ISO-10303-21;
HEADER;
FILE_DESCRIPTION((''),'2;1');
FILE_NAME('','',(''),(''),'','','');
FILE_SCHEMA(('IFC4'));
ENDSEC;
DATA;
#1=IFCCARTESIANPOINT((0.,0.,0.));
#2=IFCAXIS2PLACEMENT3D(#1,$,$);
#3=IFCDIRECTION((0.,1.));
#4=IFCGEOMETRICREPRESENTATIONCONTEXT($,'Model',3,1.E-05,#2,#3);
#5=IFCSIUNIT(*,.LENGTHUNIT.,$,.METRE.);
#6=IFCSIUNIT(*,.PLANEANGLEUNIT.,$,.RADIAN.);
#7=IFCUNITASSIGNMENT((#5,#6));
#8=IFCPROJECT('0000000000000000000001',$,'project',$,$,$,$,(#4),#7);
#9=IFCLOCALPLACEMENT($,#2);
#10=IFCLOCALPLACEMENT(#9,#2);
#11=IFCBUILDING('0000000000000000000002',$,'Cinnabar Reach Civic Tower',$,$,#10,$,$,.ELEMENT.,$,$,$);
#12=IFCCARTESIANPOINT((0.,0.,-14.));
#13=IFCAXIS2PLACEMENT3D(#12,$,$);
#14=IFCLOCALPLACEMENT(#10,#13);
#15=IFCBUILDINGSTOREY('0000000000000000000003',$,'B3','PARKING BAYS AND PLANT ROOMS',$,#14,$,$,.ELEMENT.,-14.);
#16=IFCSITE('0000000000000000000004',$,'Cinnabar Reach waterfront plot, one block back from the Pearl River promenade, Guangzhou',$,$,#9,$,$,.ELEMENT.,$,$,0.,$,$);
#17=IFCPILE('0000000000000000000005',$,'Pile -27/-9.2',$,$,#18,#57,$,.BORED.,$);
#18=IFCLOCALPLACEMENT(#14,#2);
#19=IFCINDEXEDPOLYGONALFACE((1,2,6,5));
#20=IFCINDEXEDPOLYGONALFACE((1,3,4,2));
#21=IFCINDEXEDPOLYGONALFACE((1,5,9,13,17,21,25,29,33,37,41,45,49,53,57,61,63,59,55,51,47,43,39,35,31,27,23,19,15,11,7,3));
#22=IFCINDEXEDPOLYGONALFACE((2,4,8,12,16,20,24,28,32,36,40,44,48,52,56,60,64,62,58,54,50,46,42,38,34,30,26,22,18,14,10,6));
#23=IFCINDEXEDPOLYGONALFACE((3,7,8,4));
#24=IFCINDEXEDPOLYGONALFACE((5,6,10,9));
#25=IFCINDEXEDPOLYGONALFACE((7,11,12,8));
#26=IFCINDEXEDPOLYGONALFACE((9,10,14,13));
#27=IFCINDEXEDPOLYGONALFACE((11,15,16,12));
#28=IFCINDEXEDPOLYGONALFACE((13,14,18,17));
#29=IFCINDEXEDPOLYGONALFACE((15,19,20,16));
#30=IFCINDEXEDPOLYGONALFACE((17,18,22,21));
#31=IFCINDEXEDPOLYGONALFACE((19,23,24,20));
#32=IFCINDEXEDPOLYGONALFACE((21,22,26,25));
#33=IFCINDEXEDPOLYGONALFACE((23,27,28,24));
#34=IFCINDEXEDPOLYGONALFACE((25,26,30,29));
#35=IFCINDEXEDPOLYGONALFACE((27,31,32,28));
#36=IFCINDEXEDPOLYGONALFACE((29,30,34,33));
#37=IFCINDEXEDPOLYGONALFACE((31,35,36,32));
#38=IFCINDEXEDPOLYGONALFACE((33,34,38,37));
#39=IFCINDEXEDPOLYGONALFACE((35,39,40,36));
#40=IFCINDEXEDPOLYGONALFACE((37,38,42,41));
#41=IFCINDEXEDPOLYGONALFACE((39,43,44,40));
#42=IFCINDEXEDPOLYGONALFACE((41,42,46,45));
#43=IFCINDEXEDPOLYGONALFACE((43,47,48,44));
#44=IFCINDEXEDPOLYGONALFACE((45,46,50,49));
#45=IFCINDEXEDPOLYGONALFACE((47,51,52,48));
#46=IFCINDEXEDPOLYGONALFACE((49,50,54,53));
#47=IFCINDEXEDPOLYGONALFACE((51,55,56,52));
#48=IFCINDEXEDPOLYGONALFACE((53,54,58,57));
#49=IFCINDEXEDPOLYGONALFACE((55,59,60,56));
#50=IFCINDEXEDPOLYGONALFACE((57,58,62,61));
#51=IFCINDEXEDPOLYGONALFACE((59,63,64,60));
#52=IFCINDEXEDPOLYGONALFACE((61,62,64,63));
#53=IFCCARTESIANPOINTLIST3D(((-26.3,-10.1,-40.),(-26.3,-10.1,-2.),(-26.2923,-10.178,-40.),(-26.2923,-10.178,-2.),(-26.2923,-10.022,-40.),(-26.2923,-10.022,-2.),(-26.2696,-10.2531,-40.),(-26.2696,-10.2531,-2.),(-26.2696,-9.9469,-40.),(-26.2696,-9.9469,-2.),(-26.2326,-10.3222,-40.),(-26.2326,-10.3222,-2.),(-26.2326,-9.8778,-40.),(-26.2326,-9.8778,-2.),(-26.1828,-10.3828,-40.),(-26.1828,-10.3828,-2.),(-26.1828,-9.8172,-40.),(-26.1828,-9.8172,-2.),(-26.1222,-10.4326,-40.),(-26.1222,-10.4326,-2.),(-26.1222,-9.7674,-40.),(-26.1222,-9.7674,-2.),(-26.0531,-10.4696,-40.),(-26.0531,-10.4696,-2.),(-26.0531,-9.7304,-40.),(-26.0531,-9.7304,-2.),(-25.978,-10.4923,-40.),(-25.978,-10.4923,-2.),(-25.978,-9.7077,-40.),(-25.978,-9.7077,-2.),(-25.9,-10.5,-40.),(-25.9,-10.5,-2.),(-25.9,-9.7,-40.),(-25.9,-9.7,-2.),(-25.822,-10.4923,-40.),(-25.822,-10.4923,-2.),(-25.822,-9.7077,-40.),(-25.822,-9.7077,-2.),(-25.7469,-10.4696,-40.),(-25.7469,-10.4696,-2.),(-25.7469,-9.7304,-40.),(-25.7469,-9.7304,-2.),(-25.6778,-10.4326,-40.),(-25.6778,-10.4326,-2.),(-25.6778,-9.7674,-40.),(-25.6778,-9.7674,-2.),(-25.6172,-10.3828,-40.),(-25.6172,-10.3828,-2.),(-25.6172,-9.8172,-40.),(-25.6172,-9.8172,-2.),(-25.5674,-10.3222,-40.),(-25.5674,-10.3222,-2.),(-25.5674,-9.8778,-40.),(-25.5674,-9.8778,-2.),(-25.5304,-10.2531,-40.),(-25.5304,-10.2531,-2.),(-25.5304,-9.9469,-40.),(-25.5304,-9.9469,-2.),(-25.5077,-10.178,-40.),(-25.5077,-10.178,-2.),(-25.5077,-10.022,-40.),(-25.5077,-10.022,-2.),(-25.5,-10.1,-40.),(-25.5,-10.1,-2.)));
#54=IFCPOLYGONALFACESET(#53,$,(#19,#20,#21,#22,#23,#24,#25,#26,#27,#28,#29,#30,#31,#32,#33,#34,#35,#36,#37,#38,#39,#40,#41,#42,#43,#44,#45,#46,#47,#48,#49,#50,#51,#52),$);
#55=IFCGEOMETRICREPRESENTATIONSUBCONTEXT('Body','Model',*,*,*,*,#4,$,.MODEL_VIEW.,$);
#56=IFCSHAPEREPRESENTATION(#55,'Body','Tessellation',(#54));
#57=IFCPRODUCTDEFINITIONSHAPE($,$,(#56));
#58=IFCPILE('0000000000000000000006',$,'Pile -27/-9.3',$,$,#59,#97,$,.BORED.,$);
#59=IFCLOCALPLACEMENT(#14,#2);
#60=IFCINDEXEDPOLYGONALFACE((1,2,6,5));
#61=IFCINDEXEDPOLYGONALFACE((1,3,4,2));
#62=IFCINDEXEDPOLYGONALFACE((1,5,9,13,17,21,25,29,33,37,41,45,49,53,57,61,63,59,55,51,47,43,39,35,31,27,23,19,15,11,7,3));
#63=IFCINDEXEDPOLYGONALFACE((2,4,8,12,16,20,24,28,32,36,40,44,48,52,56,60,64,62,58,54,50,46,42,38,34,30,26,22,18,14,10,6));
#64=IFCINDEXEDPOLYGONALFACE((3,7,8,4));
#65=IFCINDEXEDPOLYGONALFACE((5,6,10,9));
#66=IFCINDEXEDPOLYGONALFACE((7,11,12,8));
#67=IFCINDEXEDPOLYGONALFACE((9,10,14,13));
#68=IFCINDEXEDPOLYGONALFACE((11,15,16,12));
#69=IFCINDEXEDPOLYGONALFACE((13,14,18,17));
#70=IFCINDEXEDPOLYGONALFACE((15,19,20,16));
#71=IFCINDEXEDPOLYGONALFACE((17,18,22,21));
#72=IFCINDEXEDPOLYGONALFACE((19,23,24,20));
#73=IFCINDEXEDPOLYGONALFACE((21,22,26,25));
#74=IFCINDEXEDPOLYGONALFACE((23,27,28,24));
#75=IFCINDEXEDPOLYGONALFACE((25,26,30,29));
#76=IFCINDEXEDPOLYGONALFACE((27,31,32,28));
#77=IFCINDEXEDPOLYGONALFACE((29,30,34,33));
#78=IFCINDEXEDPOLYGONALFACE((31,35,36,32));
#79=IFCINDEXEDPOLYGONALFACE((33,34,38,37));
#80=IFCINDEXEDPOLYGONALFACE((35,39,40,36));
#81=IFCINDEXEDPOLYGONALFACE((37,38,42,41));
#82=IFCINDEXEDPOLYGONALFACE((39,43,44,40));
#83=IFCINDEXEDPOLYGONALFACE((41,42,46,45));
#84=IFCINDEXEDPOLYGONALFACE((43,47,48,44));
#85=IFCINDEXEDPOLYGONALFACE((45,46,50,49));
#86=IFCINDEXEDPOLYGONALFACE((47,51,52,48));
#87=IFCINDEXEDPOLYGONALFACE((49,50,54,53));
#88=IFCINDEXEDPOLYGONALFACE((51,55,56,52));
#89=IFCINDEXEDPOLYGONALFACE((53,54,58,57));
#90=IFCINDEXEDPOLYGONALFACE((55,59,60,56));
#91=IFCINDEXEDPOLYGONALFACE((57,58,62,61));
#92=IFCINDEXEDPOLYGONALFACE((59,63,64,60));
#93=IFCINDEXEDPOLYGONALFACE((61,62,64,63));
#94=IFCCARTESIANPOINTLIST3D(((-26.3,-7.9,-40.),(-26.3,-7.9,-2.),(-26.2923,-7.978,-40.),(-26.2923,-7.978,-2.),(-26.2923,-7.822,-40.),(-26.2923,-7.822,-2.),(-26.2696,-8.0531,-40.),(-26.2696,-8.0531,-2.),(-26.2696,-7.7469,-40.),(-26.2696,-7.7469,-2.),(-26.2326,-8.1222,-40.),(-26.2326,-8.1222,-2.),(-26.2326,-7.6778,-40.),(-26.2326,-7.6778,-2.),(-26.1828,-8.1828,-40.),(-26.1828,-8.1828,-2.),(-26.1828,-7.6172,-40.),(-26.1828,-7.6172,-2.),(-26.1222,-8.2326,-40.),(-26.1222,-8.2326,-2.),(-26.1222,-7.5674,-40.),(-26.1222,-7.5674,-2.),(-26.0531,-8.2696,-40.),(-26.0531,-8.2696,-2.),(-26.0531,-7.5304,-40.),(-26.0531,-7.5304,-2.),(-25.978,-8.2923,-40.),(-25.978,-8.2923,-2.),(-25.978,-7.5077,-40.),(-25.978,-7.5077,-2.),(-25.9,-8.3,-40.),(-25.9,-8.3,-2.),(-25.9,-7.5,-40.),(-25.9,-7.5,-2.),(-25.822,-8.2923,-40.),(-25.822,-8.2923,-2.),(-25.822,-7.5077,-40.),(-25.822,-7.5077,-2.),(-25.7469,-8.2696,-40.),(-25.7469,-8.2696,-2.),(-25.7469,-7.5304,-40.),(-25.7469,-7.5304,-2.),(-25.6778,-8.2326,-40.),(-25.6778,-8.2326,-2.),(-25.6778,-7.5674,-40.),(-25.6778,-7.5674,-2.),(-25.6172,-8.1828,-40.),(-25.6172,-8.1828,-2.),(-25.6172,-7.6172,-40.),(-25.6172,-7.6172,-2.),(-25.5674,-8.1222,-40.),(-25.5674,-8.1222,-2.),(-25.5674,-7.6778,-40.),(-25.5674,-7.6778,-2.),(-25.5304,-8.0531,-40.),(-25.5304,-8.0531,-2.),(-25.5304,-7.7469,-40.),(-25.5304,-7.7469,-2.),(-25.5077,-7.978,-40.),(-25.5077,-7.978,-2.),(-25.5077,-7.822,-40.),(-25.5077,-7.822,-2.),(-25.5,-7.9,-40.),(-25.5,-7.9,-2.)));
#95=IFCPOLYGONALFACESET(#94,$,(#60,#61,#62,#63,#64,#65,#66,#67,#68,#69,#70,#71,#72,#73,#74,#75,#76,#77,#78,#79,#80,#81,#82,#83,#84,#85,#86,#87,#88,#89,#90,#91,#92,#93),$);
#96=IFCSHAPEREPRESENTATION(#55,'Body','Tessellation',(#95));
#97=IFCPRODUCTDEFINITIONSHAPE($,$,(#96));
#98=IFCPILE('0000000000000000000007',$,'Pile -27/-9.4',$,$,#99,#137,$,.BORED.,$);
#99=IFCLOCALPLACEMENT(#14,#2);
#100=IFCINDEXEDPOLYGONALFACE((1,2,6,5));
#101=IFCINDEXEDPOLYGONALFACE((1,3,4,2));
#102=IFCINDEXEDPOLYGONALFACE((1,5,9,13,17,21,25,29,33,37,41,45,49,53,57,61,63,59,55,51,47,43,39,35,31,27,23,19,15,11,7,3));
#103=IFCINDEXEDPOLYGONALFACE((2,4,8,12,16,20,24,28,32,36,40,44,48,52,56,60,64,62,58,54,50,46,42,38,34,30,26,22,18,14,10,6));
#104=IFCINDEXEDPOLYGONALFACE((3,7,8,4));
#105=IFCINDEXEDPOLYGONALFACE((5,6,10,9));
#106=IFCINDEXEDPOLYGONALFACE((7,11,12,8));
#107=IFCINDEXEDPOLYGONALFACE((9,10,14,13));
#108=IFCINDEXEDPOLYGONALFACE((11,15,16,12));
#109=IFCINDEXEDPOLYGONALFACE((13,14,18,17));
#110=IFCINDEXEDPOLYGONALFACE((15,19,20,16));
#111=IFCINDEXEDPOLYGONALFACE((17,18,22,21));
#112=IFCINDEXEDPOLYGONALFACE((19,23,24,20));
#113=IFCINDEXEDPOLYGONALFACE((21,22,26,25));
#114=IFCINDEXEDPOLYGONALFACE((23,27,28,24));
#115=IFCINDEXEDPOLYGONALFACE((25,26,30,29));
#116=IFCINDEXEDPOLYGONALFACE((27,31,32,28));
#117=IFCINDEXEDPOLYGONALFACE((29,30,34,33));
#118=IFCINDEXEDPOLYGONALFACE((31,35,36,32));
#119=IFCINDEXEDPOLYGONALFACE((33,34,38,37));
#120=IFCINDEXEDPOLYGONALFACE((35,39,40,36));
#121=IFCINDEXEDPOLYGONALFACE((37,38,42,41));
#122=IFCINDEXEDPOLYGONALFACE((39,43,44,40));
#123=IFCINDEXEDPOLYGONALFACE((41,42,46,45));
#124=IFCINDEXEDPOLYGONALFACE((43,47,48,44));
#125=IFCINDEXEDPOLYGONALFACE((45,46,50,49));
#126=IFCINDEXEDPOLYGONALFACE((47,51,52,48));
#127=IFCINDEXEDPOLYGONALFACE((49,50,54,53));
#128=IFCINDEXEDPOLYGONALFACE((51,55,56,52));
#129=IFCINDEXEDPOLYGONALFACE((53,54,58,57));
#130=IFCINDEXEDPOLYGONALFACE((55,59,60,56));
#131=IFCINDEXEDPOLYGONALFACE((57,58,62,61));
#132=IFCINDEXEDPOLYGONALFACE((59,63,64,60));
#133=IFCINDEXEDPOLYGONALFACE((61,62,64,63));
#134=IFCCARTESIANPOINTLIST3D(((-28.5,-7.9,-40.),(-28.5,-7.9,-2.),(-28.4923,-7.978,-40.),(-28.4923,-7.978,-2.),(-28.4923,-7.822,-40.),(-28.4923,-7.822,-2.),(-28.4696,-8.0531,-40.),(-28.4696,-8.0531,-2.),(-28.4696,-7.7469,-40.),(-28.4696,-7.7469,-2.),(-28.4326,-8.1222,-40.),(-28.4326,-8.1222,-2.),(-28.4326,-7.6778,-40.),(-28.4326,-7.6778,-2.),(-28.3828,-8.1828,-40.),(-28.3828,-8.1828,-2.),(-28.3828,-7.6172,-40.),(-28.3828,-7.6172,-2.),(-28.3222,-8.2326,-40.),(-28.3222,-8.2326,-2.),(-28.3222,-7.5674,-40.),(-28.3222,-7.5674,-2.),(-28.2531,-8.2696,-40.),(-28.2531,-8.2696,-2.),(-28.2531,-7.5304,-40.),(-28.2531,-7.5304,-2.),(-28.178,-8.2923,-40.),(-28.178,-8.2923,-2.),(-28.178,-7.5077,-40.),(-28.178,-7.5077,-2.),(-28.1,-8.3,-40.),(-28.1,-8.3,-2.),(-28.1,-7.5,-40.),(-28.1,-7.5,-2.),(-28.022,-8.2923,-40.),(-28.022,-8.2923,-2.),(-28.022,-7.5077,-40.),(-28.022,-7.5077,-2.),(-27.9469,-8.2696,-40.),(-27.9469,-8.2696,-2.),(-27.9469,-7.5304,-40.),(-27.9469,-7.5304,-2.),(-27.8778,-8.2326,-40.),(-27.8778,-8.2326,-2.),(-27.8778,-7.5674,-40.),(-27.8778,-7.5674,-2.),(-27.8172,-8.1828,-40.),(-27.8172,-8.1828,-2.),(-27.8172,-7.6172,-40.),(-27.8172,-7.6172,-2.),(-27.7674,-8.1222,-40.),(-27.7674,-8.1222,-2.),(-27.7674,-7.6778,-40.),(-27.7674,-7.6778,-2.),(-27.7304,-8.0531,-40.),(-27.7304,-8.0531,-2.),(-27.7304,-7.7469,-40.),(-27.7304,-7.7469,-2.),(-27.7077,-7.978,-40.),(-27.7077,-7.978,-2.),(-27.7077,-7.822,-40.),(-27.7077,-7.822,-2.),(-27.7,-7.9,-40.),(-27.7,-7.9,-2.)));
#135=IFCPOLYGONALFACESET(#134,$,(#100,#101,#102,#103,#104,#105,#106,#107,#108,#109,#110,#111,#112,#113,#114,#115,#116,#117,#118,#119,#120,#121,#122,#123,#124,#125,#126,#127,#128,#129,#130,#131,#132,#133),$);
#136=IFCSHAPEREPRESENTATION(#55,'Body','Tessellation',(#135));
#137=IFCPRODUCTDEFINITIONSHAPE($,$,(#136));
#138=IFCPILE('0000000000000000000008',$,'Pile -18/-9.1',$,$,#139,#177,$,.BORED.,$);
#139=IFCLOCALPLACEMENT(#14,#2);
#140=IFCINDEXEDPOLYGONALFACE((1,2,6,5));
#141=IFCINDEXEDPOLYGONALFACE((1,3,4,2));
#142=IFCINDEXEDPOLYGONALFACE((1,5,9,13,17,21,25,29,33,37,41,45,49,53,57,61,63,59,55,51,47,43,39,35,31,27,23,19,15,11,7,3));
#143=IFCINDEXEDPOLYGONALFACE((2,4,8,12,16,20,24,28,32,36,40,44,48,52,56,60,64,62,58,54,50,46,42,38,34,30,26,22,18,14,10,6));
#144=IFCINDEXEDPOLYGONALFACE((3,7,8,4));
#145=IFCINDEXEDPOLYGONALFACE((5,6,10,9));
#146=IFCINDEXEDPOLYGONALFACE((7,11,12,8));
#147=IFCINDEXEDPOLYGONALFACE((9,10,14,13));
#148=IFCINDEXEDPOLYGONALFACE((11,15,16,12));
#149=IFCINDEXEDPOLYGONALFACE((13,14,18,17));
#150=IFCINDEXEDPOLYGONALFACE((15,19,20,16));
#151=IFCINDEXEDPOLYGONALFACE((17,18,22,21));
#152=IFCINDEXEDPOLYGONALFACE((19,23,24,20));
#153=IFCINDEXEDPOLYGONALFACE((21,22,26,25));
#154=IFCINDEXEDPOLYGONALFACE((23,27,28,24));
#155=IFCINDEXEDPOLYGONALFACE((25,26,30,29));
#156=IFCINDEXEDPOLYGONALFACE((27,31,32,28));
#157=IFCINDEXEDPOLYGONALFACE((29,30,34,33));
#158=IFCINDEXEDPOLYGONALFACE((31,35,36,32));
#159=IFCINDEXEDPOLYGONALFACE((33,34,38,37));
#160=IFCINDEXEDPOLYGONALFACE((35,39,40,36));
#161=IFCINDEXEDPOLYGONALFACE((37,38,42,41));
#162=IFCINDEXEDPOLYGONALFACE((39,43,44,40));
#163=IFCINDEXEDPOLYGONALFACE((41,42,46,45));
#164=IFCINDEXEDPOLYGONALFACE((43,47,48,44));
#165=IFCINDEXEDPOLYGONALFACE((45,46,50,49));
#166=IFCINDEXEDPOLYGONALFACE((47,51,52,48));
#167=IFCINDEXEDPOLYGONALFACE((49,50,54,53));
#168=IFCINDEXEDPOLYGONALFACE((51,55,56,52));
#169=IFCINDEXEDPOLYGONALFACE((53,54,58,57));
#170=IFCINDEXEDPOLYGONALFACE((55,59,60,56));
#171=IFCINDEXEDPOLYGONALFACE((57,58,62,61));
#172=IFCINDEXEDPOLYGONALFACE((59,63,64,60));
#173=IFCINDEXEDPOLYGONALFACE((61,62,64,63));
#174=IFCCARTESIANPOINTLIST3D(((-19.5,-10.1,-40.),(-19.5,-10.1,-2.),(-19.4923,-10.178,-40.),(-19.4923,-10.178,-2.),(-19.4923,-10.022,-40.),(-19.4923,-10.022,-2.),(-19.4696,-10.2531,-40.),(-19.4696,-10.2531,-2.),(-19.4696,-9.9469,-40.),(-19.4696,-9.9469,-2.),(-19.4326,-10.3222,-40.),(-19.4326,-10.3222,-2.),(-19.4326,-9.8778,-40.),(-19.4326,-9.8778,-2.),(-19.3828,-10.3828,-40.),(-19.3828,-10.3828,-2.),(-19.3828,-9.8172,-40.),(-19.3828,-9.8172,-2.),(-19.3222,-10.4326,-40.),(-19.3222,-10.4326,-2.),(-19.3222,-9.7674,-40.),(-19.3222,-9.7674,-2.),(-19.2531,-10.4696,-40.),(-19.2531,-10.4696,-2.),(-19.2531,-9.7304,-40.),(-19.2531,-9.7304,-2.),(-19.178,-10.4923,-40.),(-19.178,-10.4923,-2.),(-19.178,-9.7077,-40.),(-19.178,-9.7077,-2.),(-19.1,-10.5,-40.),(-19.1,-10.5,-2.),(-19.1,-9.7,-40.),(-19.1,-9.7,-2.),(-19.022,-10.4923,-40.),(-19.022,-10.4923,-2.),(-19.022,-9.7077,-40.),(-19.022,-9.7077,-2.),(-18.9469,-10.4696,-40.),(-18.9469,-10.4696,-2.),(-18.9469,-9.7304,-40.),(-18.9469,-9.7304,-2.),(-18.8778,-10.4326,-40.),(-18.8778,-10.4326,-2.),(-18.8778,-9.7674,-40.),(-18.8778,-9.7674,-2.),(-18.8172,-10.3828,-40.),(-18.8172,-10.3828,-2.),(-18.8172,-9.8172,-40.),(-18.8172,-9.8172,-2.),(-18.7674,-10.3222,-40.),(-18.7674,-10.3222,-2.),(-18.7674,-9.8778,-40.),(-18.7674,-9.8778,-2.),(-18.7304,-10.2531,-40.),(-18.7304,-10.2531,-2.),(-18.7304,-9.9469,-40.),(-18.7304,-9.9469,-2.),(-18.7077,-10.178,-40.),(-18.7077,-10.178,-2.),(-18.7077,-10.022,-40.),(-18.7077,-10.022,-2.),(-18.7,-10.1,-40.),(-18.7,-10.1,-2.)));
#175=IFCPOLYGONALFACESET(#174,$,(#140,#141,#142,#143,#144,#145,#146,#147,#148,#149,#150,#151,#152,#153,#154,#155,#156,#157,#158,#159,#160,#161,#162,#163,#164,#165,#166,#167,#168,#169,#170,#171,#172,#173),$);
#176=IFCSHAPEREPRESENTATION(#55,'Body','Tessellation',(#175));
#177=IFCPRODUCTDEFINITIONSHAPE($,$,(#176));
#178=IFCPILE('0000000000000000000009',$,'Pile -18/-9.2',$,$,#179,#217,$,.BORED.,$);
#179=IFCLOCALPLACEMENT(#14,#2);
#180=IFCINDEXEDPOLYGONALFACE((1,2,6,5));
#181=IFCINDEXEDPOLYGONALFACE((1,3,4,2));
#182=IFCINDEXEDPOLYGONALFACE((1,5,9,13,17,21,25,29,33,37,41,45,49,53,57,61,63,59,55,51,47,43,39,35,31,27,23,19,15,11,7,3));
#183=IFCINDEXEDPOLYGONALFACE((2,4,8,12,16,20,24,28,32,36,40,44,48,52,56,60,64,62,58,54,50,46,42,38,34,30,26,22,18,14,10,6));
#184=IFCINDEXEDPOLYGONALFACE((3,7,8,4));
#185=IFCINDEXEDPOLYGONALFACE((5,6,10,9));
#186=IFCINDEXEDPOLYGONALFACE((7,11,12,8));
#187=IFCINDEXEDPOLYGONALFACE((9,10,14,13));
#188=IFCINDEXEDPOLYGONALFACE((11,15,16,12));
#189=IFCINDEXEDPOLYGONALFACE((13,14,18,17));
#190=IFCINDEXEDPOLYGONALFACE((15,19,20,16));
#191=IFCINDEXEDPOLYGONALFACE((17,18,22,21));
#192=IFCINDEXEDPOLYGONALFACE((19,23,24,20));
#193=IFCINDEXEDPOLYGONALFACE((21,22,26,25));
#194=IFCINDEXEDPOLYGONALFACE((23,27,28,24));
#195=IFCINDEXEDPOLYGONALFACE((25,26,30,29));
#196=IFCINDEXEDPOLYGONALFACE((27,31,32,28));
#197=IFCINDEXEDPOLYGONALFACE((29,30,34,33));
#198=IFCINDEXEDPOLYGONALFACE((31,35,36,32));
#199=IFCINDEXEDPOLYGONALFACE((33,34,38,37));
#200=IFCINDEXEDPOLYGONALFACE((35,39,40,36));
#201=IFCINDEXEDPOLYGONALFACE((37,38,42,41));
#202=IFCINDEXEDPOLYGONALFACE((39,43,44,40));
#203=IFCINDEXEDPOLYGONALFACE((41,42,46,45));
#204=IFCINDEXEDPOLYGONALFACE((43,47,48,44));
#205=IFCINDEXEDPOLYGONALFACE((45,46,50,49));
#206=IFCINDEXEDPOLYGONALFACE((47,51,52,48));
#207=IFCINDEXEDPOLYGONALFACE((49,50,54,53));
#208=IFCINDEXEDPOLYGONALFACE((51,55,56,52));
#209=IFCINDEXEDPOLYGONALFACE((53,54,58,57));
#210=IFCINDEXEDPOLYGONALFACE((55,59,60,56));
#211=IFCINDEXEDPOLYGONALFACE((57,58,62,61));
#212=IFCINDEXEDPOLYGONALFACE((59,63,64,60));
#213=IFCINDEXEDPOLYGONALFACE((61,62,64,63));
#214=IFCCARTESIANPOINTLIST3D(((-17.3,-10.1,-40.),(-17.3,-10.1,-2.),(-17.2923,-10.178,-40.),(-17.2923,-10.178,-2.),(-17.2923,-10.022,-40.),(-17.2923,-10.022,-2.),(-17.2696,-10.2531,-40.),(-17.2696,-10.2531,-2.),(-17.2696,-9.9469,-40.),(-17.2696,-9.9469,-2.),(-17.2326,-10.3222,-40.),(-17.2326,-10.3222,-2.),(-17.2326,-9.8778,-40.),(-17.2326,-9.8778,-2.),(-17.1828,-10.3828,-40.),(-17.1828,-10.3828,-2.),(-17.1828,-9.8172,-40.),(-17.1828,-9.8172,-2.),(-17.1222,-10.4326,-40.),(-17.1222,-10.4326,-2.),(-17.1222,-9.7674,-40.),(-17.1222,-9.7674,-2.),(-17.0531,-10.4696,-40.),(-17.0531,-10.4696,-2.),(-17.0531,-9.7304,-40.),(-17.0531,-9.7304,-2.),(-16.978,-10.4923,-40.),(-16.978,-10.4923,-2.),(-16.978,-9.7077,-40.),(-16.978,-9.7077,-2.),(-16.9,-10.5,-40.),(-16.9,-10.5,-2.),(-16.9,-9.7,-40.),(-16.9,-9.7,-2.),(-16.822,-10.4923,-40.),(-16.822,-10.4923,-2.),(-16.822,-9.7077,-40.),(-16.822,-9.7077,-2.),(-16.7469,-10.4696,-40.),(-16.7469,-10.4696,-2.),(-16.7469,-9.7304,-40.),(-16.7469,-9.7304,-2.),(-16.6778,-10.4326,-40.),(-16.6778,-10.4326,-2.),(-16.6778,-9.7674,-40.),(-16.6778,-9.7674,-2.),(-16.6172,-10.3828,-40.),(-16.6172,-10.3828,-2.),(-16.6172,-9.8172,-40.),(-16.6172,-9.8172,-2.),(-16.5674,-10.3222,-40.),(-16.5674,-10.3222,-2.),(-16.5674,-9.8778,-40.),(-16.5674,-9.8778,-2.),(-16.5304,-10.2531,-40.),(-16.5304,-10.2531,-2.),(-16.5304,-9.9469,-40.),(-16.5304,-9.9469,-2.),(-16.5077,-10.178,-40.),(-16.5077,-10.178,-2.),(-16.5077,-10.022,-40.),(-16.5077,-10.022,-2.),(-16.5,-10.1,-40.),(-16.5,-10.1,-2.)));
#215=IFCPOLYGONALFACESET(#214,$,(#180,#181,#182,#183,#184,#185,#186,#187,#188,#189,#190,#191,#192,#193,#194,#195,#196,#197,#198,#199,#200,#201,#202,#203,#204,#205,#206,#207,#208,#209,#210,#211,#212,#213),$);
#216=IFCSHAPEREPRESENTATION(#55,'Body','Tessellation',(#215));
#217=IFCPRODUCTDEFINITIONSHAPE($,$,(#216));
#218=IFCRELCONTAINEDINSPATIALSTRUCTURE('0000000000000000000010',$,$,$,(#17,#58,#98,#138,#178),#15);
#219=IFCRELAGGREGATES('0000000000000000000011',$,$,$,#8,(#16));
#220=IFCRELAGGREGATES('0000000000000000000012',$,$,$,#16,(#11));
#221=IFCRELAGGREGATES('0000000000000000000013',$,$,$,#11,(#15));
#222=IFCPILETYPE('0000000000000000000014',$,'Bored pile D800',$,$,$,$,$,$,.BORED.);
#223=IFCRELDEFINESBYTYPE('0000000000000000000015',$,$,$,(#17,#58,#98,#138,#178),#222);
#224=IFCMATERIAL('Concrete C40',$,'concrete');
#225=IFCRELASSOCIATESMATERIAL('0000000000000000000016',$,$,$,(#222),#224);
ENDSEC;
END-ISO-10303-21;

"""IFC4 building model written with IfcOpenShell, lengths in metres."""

from ifc_helpers import new_model, si_unit, direction, frame, origin, origin_2d, place, context, subcontext, project, spatial, circle, extrude, material, type_object, element, save


model = new_model("IFC4")

# Units and contexts
model_context = context("Model", 3, precision=1e-05, world=origin(), true_north=direction((0.0, 1.0)))
body_context = subcontext(model_context, "Body", "Model", "MODEL_VIEW")
ifc_project = project(units=[si_unit("LENGTHUNIT", "METRE"), si_unit("PLANEANGLEUNIT", "RADIAN")], contexts=[model_context])

# Site, building, storey
site_placement = place(None, origin())
site = spatial("IfcSite", under=ifc_project, at=site_placement, Name="Cinnabar Reach waterfront plot, one block back from the Pearl River promenade, Guangzhou", CompositionType="ELEMENT", RefElevation=0.0)
building_placement = place(site_placement, origin())
building = spatial("IfcBuilding", under=site, at=building_placement, Name="Cinnabar Reach Civic Tower", CompositionType="ELEMENT")
storey_placement = place(building_placement, frame((0.0, 0.0, -14.0)))
storey = spatial("IfcBuildingStorey", under=building, at=storey_placement, Name="B3", Description="PARKING BAYS AND PLANT ROOMS", CompositionType="ELEMENT", Elevation=-14.0)

# Piles
ifc_material_1 = material(Name="Concrete C40", Category="concrete")
pile_type = type_object("IfcPileType", Name="Bored pile D800", PredefinedType="BORED", material=ifc_material_1)
for number, where, z_axis, x_axis, name in (
    (1, (-25.9, -10.1, -2.0), (0.0, 0.0, -1.0), (1.0, 0.0, 0.0), "Pile -27/-9.2"),
    (2, (-25.9, -7.9, -2.0), (0.0, 0.0, -1.0), (1.0, 0.0, 0.0), "Pile -27/-9.3"),
    (3, (-28.1, -7.9, -2.0), (0.0, 0.0, -1.0), (1.0, 0.0, 0.0), "Pile -27/-9.4"),
    (4, (-19.1, -10.1, -2.0), (0.0, 0.0, -1.0), (1.0, 0.0, 0.0), "Pile -18/-9.1"),
    (5, (-16.9, -10.1, -2.0), (0.0, 0.0, -1.0), (1.0, 0.0, 0.0), "Pile -18/-9.2"),
):
    element("IfcPile", number, at=place(storey_placement, frame(where, z_axis=z_axis, x_axis=x_axis)), inside=storey, type_object=pile_type, Name=name, PredefinedType="BORED", context=body_context, shape_type="SweptSolid", body=[
        extrude(circle(Radius=0.4, at=origin_2d()), origin(), (0.0, 0.0, 1.0), 38.0),
    ])

save(model, "model.ifc")
